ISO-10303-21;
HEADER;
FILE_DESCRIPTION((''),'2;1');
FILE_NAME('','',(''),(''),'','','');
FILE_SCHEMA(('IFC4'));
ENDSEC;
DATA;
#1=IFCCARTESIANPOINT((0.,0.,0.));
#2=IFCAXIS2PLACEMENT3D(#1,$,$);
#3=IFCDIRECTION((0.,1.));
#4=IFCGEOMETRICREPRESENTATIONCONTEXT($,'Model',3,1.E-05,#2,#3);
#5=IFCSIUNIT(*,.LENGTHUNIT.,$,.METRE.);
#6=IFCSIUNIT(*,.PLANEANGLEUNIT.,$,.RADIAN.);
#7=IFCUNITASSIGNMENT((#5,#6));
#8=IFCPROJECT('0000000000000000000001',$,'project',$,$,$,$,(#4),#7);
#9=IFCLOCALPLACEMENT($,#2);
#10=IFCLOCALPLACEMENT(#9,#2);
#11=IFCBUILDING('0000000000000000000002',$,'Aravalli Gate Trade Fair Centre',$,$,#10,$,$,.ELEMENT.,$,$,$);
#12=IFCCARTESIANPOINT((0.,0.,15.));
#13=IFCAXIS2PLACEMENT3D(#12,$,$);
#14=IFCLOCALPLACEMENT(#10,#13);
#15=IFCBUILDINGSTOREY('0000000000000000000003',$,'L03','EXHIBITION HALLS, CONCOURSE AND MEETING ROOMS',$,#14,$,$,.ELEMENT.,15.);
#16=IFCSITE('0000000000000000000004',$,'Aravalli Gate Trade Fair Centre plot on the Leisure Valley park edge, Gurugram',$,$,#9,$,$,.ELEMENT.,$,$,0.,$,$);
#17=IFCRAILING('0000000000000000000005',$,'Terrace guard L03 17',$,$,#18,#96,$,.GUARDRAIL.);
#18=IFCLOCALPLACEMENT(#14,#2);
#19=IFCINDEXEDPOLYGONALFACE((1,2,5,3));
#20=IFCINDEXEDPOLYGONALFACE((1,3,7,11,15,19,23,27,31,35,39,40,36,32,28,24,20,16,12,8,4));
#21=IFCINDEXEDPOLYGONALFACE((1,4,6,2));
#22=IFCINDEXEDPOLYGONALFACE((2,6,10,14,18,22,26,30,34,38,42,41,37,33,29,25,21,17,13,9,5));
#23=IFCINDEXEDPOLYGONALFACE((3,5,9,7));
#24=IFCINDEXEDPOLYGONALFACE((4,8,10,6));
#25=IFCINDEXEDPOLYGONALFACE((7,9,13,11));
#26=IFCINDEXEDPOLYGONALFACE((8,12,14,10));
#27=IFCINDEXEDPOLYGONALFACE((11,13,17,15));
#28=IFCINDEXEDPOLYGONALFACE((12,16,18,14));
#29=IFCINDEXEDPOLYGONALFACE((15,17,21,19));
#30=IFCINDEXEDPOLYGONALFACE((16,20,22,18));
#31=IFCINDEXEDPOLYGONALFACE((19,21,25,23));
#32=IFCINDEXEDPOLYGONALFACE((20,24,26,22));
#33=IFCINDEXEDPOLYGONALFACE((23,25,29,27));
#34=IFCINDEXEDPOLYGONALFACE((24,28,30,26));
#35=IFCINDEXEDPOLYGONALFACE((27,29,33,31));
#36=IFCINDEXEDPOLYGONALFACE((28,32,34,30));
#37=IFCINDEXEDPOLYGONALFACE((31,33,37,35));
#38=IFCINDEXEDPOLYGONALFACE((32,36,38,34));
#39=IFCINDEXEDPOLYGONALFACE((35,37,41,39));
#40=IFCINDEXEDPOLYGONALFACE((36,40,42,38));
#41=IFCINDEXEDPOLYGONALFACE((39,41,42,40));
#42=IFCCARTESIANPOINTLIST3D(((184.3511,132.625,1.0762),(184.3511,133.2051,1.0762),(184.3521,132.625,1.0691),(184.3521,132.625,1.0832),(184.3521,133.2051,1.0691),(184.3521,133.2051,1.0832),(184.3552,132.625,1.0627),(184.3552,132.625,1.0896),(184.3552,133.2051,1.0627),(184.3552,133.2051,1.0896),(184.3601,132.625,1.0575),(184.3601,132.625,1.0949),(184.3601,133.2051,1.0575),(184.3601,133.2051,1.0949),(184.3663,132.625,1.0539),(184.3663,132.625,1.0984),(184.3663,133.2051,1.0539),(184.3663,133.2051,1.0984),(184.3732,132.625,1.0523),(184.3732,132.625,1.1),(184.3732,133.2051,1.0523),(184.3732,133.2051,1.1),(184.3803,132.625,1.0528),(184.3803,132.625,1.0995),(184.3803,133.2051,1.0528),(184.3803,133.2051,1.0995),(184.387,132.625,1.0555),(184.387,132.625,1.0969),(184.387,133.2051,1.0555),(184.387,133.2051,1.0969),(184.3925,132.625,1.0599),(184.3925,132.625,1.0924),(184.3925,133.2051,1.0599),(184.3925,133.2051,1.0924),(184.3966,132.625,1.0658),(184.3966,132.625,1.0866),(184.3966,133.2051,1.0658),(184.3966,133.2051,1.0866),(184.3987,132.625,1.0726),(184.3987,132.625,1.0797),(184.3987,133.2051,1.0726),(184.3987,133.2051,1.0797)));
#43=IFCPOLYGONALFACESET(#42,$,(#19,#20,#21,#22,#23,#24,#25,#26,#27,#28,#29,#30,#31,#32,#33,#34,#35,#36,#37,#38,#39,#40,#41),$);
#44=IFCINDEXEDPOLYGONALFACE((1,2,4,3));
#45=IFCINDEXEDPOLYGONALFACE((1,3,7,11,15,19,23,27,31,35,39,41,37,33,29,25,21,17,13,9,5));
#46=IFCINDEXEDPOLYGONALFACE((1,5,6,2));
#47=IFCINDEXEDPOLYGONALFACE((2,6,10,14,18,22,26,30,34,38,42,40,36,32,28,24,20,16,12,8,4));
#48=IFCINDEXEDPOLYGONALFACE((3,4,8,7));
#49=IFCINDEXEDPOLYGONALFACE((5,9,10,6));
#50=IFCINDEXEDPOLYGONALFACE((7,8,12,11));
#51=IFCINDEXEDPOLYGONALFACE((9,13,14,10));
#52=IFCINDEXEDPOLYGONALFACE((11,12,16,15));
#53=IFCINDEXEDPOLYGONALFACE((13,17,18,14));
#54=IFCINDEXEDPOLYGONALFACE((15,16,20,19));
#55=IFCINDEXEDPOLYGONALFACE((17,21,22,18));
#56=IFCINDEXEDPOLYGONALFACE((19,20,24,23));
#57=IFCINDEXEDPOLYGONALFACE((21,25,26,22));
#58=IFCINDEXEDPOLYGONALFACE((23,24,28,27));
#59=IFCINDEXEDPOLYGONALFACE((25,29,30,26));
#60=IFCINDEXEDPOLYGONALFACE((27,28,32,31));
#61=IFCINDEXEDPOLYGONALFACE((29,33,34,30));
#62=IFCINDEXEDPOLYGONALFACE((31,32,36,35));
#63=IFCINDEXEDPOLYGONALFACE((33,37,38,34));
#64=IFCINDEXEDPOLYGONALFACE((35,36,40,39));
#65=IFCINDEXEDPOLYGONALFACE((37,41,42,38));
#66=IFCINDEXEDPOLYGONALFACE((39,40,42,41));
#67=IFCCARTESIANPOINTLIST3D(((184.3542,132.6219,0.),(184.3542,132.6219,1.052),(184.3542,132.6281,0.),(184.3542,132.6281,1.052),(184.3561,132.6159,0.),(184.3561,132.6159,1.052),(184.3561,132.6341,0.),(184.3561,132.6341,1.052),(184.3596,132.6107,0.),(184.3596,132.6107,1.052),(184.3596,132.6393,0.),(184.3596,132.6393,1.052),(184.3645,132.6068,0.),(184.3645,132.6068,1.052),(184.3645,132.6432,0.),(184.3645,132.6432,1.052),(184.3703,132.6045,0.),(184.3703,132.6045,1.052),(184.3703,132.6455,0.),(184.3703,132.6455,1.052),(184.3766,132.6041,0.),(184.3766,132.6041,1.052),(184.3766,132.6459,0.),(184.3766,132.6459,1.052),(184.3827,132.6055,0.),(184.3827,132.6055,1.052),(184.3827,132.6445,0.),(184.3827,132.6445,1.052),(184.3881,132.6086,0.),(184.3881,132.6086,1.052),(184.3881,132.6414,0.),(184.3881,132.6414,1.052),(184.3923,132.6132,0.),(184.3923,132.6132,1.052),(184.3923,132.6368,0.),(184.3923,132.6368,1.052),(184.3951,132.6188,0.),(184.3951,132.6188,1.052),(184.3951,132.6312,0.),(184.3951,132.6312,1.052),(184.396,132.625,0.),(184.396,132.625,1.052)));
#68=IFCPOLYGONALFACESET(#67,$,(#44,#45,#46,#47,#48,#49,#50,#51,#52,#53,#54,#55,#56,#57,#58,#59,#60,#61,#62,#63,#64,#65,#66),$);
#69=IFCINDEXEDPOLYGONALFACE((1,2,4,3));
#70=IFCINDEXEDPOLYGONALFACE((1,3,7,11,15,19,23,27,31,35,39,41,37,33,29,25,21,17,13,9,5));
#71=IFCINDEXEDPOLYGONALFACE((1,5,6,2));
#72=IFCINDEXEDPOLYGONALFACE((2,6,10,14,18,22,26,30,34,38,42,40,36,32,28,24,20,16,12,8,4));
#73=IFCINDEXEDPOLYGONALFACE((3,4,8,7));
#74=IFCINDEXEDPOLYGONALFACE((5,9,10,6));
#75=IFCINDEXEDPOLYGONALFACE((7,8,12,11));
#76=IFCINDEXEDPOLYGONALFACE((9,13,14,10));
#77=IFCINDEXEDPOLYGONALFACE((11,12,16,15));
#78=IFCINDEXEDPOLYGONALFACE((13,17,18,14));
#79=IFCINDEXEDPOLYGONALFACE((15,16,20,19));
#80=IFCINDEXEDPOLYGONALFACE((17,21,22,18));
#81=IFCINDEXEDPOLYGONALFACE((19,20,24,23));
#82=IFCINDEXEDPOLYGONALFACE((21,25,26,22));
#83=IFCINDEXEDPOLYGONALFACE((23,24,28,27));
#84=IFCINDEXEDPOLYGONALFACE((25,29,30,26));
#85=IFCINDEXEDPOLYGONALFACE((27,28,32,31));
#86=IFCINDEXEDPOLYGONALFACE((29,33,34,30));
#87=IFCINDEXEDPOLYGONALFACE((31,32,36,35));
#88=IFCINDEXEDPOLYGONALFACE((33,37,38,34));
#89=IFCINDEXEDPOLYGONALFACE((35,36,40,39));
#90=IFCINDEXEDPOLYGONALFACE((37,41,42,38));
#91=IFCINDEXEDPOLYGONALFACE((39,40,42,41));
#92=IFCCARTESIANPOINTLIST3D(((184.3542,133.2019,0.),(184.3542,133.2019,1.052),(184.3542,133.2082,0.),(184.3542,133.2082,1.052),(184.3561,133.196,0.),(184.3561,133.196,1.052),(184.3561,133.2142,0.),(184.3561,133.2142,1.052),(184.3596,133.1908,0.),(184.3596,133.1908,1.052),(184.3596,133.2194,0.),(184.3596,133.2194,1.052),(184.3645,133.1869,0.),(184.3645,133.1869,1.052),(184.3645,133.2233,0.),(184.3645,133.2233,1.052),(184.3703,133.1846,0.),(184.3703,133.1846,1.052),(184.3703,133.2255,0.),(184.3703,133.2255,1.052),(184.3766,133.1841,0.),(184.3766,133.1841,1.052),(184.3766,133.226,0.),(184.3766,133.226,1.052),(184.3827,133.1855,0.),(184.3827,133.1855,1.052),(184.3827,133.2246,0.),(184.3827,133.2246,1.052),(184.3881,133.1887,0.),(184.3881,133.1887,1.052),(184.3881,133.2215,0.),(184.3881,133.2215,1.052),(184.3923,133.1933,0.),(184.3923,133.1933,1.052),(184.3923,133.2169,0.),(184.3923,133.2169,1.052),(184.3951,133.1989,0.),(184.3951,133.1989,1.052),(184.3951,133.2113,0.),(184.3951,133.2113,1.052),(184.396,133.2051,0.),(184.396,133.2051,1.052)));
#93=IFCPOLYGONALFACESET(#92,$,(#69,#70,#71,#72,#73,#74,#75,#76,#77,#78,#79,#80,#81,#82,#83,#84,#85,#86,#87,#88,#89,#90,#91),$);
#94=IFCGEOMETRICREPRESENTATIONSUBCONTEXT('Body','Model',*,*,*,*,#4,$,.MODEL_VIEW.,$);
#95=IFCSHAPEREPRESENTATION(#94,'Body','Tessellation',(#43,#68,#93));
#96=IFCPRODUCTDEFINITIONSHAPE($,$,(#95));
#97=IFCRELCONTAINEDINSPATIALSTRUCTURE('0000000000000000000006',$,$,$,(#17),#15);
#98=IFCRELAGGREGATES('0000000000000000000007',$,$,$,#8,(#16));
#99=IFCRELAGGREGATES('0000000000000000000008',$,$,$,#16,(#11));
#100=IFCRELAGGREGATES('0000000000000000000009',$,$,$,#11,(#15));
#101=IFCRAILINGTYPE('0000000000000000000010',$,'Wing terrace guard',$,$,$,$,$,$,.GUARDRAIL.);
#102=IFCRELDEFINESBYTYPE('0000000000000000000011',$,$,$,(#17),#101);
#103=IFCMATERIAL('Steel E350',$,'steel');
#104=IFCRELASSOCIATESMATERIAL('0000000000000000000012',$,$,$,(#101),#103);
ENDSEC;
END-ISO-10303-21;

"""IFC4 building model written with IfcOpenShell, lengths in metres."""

from ifc_helpers import new_model, si_unit, direction, frame, origin, origin_2d, place, context, subcontext, project, spatial, circle, extrude, material, type_object, element, save


model = new_model("IFC4")

# Units and contexts
model_context = context("Model", 3, precision=1e-05, world=origin(), true_north=direction((0.0, 1.0)))
body_context = subcontext(model_context, "Body", "Model", "MODEL_VIEW")
ifc_project = project(units=[si_unit("LENGTHUNIT", "METRE"), si_unit("PLANEANGLEUNIT", "RADIAN")], contexts=[model_context])

# Site, building, storey
site_placement = place(None, origin())
site = spatial("IfcSite", under=ifc_project, at=site_placement, Name="Aravalli Gate Trade Fair Centre plot on the Leisure Valley park edge, Gurugram", CompositionType="ELEMENT", RefElevation=0.0)
building_placement = place(site_placement, origin())
building = spatial("IfcBuilding", under=site, at=building_placement, Name="Aravalli Gate Trade Fair Centre", CompositionType="ELEMENT")
storey_placement = place(building_placement, frame((0.0, 0.0, 15.0)))
storey = spatial("IfcBuildingStorey", under=building, at=storey_placement, Name="L03", Description="EXHIBITION HALLS, CONCOURSE AND MEETING ROOMS", CompositionType="ELEMENT", Elevation=15.0)

# Shared definitions
ifc_material_1 = material(Name="Steel E350", Category="steel")

# Railing
railing_type = type_object("IfcRailingType", Name="Wing terrace guard", PredefinedType="GUARDRAIL", material=ifc_material_1)
railing_1_placement = place(storey_placement, frame((184.375, 132.625, 0.0)))
element("IfcRailing", 1, at=railing_1_placement, inside=storey, type_object=railing_type, Name="Terrace guard L03 17", PredefinedType="GUARDRAIL", context=body_context, shape_type="SweptSolid", body=[
    extrude(circle(Radius=0.0239, at=origin_2d()), frame((0.0, 0.0, 1.0762), z_axis=(0.0, 1.0, 0.0), x_axis=(-1.0, 0.0, 0.0)), (0.0, 0.0, 1.0), 0.5801),
    extrude(circle(Radius=0.021, at=origin_2d()), origin(), (0.0, 0.0, 1.0), 1.052),
    extrude(circle(Radius=0.021, at=origin_2d()), frame((0.0, 0.5801, 0.0)), (0.0, 0.0, 1.0), 1.052),
])

save(model, "model.ifc")
